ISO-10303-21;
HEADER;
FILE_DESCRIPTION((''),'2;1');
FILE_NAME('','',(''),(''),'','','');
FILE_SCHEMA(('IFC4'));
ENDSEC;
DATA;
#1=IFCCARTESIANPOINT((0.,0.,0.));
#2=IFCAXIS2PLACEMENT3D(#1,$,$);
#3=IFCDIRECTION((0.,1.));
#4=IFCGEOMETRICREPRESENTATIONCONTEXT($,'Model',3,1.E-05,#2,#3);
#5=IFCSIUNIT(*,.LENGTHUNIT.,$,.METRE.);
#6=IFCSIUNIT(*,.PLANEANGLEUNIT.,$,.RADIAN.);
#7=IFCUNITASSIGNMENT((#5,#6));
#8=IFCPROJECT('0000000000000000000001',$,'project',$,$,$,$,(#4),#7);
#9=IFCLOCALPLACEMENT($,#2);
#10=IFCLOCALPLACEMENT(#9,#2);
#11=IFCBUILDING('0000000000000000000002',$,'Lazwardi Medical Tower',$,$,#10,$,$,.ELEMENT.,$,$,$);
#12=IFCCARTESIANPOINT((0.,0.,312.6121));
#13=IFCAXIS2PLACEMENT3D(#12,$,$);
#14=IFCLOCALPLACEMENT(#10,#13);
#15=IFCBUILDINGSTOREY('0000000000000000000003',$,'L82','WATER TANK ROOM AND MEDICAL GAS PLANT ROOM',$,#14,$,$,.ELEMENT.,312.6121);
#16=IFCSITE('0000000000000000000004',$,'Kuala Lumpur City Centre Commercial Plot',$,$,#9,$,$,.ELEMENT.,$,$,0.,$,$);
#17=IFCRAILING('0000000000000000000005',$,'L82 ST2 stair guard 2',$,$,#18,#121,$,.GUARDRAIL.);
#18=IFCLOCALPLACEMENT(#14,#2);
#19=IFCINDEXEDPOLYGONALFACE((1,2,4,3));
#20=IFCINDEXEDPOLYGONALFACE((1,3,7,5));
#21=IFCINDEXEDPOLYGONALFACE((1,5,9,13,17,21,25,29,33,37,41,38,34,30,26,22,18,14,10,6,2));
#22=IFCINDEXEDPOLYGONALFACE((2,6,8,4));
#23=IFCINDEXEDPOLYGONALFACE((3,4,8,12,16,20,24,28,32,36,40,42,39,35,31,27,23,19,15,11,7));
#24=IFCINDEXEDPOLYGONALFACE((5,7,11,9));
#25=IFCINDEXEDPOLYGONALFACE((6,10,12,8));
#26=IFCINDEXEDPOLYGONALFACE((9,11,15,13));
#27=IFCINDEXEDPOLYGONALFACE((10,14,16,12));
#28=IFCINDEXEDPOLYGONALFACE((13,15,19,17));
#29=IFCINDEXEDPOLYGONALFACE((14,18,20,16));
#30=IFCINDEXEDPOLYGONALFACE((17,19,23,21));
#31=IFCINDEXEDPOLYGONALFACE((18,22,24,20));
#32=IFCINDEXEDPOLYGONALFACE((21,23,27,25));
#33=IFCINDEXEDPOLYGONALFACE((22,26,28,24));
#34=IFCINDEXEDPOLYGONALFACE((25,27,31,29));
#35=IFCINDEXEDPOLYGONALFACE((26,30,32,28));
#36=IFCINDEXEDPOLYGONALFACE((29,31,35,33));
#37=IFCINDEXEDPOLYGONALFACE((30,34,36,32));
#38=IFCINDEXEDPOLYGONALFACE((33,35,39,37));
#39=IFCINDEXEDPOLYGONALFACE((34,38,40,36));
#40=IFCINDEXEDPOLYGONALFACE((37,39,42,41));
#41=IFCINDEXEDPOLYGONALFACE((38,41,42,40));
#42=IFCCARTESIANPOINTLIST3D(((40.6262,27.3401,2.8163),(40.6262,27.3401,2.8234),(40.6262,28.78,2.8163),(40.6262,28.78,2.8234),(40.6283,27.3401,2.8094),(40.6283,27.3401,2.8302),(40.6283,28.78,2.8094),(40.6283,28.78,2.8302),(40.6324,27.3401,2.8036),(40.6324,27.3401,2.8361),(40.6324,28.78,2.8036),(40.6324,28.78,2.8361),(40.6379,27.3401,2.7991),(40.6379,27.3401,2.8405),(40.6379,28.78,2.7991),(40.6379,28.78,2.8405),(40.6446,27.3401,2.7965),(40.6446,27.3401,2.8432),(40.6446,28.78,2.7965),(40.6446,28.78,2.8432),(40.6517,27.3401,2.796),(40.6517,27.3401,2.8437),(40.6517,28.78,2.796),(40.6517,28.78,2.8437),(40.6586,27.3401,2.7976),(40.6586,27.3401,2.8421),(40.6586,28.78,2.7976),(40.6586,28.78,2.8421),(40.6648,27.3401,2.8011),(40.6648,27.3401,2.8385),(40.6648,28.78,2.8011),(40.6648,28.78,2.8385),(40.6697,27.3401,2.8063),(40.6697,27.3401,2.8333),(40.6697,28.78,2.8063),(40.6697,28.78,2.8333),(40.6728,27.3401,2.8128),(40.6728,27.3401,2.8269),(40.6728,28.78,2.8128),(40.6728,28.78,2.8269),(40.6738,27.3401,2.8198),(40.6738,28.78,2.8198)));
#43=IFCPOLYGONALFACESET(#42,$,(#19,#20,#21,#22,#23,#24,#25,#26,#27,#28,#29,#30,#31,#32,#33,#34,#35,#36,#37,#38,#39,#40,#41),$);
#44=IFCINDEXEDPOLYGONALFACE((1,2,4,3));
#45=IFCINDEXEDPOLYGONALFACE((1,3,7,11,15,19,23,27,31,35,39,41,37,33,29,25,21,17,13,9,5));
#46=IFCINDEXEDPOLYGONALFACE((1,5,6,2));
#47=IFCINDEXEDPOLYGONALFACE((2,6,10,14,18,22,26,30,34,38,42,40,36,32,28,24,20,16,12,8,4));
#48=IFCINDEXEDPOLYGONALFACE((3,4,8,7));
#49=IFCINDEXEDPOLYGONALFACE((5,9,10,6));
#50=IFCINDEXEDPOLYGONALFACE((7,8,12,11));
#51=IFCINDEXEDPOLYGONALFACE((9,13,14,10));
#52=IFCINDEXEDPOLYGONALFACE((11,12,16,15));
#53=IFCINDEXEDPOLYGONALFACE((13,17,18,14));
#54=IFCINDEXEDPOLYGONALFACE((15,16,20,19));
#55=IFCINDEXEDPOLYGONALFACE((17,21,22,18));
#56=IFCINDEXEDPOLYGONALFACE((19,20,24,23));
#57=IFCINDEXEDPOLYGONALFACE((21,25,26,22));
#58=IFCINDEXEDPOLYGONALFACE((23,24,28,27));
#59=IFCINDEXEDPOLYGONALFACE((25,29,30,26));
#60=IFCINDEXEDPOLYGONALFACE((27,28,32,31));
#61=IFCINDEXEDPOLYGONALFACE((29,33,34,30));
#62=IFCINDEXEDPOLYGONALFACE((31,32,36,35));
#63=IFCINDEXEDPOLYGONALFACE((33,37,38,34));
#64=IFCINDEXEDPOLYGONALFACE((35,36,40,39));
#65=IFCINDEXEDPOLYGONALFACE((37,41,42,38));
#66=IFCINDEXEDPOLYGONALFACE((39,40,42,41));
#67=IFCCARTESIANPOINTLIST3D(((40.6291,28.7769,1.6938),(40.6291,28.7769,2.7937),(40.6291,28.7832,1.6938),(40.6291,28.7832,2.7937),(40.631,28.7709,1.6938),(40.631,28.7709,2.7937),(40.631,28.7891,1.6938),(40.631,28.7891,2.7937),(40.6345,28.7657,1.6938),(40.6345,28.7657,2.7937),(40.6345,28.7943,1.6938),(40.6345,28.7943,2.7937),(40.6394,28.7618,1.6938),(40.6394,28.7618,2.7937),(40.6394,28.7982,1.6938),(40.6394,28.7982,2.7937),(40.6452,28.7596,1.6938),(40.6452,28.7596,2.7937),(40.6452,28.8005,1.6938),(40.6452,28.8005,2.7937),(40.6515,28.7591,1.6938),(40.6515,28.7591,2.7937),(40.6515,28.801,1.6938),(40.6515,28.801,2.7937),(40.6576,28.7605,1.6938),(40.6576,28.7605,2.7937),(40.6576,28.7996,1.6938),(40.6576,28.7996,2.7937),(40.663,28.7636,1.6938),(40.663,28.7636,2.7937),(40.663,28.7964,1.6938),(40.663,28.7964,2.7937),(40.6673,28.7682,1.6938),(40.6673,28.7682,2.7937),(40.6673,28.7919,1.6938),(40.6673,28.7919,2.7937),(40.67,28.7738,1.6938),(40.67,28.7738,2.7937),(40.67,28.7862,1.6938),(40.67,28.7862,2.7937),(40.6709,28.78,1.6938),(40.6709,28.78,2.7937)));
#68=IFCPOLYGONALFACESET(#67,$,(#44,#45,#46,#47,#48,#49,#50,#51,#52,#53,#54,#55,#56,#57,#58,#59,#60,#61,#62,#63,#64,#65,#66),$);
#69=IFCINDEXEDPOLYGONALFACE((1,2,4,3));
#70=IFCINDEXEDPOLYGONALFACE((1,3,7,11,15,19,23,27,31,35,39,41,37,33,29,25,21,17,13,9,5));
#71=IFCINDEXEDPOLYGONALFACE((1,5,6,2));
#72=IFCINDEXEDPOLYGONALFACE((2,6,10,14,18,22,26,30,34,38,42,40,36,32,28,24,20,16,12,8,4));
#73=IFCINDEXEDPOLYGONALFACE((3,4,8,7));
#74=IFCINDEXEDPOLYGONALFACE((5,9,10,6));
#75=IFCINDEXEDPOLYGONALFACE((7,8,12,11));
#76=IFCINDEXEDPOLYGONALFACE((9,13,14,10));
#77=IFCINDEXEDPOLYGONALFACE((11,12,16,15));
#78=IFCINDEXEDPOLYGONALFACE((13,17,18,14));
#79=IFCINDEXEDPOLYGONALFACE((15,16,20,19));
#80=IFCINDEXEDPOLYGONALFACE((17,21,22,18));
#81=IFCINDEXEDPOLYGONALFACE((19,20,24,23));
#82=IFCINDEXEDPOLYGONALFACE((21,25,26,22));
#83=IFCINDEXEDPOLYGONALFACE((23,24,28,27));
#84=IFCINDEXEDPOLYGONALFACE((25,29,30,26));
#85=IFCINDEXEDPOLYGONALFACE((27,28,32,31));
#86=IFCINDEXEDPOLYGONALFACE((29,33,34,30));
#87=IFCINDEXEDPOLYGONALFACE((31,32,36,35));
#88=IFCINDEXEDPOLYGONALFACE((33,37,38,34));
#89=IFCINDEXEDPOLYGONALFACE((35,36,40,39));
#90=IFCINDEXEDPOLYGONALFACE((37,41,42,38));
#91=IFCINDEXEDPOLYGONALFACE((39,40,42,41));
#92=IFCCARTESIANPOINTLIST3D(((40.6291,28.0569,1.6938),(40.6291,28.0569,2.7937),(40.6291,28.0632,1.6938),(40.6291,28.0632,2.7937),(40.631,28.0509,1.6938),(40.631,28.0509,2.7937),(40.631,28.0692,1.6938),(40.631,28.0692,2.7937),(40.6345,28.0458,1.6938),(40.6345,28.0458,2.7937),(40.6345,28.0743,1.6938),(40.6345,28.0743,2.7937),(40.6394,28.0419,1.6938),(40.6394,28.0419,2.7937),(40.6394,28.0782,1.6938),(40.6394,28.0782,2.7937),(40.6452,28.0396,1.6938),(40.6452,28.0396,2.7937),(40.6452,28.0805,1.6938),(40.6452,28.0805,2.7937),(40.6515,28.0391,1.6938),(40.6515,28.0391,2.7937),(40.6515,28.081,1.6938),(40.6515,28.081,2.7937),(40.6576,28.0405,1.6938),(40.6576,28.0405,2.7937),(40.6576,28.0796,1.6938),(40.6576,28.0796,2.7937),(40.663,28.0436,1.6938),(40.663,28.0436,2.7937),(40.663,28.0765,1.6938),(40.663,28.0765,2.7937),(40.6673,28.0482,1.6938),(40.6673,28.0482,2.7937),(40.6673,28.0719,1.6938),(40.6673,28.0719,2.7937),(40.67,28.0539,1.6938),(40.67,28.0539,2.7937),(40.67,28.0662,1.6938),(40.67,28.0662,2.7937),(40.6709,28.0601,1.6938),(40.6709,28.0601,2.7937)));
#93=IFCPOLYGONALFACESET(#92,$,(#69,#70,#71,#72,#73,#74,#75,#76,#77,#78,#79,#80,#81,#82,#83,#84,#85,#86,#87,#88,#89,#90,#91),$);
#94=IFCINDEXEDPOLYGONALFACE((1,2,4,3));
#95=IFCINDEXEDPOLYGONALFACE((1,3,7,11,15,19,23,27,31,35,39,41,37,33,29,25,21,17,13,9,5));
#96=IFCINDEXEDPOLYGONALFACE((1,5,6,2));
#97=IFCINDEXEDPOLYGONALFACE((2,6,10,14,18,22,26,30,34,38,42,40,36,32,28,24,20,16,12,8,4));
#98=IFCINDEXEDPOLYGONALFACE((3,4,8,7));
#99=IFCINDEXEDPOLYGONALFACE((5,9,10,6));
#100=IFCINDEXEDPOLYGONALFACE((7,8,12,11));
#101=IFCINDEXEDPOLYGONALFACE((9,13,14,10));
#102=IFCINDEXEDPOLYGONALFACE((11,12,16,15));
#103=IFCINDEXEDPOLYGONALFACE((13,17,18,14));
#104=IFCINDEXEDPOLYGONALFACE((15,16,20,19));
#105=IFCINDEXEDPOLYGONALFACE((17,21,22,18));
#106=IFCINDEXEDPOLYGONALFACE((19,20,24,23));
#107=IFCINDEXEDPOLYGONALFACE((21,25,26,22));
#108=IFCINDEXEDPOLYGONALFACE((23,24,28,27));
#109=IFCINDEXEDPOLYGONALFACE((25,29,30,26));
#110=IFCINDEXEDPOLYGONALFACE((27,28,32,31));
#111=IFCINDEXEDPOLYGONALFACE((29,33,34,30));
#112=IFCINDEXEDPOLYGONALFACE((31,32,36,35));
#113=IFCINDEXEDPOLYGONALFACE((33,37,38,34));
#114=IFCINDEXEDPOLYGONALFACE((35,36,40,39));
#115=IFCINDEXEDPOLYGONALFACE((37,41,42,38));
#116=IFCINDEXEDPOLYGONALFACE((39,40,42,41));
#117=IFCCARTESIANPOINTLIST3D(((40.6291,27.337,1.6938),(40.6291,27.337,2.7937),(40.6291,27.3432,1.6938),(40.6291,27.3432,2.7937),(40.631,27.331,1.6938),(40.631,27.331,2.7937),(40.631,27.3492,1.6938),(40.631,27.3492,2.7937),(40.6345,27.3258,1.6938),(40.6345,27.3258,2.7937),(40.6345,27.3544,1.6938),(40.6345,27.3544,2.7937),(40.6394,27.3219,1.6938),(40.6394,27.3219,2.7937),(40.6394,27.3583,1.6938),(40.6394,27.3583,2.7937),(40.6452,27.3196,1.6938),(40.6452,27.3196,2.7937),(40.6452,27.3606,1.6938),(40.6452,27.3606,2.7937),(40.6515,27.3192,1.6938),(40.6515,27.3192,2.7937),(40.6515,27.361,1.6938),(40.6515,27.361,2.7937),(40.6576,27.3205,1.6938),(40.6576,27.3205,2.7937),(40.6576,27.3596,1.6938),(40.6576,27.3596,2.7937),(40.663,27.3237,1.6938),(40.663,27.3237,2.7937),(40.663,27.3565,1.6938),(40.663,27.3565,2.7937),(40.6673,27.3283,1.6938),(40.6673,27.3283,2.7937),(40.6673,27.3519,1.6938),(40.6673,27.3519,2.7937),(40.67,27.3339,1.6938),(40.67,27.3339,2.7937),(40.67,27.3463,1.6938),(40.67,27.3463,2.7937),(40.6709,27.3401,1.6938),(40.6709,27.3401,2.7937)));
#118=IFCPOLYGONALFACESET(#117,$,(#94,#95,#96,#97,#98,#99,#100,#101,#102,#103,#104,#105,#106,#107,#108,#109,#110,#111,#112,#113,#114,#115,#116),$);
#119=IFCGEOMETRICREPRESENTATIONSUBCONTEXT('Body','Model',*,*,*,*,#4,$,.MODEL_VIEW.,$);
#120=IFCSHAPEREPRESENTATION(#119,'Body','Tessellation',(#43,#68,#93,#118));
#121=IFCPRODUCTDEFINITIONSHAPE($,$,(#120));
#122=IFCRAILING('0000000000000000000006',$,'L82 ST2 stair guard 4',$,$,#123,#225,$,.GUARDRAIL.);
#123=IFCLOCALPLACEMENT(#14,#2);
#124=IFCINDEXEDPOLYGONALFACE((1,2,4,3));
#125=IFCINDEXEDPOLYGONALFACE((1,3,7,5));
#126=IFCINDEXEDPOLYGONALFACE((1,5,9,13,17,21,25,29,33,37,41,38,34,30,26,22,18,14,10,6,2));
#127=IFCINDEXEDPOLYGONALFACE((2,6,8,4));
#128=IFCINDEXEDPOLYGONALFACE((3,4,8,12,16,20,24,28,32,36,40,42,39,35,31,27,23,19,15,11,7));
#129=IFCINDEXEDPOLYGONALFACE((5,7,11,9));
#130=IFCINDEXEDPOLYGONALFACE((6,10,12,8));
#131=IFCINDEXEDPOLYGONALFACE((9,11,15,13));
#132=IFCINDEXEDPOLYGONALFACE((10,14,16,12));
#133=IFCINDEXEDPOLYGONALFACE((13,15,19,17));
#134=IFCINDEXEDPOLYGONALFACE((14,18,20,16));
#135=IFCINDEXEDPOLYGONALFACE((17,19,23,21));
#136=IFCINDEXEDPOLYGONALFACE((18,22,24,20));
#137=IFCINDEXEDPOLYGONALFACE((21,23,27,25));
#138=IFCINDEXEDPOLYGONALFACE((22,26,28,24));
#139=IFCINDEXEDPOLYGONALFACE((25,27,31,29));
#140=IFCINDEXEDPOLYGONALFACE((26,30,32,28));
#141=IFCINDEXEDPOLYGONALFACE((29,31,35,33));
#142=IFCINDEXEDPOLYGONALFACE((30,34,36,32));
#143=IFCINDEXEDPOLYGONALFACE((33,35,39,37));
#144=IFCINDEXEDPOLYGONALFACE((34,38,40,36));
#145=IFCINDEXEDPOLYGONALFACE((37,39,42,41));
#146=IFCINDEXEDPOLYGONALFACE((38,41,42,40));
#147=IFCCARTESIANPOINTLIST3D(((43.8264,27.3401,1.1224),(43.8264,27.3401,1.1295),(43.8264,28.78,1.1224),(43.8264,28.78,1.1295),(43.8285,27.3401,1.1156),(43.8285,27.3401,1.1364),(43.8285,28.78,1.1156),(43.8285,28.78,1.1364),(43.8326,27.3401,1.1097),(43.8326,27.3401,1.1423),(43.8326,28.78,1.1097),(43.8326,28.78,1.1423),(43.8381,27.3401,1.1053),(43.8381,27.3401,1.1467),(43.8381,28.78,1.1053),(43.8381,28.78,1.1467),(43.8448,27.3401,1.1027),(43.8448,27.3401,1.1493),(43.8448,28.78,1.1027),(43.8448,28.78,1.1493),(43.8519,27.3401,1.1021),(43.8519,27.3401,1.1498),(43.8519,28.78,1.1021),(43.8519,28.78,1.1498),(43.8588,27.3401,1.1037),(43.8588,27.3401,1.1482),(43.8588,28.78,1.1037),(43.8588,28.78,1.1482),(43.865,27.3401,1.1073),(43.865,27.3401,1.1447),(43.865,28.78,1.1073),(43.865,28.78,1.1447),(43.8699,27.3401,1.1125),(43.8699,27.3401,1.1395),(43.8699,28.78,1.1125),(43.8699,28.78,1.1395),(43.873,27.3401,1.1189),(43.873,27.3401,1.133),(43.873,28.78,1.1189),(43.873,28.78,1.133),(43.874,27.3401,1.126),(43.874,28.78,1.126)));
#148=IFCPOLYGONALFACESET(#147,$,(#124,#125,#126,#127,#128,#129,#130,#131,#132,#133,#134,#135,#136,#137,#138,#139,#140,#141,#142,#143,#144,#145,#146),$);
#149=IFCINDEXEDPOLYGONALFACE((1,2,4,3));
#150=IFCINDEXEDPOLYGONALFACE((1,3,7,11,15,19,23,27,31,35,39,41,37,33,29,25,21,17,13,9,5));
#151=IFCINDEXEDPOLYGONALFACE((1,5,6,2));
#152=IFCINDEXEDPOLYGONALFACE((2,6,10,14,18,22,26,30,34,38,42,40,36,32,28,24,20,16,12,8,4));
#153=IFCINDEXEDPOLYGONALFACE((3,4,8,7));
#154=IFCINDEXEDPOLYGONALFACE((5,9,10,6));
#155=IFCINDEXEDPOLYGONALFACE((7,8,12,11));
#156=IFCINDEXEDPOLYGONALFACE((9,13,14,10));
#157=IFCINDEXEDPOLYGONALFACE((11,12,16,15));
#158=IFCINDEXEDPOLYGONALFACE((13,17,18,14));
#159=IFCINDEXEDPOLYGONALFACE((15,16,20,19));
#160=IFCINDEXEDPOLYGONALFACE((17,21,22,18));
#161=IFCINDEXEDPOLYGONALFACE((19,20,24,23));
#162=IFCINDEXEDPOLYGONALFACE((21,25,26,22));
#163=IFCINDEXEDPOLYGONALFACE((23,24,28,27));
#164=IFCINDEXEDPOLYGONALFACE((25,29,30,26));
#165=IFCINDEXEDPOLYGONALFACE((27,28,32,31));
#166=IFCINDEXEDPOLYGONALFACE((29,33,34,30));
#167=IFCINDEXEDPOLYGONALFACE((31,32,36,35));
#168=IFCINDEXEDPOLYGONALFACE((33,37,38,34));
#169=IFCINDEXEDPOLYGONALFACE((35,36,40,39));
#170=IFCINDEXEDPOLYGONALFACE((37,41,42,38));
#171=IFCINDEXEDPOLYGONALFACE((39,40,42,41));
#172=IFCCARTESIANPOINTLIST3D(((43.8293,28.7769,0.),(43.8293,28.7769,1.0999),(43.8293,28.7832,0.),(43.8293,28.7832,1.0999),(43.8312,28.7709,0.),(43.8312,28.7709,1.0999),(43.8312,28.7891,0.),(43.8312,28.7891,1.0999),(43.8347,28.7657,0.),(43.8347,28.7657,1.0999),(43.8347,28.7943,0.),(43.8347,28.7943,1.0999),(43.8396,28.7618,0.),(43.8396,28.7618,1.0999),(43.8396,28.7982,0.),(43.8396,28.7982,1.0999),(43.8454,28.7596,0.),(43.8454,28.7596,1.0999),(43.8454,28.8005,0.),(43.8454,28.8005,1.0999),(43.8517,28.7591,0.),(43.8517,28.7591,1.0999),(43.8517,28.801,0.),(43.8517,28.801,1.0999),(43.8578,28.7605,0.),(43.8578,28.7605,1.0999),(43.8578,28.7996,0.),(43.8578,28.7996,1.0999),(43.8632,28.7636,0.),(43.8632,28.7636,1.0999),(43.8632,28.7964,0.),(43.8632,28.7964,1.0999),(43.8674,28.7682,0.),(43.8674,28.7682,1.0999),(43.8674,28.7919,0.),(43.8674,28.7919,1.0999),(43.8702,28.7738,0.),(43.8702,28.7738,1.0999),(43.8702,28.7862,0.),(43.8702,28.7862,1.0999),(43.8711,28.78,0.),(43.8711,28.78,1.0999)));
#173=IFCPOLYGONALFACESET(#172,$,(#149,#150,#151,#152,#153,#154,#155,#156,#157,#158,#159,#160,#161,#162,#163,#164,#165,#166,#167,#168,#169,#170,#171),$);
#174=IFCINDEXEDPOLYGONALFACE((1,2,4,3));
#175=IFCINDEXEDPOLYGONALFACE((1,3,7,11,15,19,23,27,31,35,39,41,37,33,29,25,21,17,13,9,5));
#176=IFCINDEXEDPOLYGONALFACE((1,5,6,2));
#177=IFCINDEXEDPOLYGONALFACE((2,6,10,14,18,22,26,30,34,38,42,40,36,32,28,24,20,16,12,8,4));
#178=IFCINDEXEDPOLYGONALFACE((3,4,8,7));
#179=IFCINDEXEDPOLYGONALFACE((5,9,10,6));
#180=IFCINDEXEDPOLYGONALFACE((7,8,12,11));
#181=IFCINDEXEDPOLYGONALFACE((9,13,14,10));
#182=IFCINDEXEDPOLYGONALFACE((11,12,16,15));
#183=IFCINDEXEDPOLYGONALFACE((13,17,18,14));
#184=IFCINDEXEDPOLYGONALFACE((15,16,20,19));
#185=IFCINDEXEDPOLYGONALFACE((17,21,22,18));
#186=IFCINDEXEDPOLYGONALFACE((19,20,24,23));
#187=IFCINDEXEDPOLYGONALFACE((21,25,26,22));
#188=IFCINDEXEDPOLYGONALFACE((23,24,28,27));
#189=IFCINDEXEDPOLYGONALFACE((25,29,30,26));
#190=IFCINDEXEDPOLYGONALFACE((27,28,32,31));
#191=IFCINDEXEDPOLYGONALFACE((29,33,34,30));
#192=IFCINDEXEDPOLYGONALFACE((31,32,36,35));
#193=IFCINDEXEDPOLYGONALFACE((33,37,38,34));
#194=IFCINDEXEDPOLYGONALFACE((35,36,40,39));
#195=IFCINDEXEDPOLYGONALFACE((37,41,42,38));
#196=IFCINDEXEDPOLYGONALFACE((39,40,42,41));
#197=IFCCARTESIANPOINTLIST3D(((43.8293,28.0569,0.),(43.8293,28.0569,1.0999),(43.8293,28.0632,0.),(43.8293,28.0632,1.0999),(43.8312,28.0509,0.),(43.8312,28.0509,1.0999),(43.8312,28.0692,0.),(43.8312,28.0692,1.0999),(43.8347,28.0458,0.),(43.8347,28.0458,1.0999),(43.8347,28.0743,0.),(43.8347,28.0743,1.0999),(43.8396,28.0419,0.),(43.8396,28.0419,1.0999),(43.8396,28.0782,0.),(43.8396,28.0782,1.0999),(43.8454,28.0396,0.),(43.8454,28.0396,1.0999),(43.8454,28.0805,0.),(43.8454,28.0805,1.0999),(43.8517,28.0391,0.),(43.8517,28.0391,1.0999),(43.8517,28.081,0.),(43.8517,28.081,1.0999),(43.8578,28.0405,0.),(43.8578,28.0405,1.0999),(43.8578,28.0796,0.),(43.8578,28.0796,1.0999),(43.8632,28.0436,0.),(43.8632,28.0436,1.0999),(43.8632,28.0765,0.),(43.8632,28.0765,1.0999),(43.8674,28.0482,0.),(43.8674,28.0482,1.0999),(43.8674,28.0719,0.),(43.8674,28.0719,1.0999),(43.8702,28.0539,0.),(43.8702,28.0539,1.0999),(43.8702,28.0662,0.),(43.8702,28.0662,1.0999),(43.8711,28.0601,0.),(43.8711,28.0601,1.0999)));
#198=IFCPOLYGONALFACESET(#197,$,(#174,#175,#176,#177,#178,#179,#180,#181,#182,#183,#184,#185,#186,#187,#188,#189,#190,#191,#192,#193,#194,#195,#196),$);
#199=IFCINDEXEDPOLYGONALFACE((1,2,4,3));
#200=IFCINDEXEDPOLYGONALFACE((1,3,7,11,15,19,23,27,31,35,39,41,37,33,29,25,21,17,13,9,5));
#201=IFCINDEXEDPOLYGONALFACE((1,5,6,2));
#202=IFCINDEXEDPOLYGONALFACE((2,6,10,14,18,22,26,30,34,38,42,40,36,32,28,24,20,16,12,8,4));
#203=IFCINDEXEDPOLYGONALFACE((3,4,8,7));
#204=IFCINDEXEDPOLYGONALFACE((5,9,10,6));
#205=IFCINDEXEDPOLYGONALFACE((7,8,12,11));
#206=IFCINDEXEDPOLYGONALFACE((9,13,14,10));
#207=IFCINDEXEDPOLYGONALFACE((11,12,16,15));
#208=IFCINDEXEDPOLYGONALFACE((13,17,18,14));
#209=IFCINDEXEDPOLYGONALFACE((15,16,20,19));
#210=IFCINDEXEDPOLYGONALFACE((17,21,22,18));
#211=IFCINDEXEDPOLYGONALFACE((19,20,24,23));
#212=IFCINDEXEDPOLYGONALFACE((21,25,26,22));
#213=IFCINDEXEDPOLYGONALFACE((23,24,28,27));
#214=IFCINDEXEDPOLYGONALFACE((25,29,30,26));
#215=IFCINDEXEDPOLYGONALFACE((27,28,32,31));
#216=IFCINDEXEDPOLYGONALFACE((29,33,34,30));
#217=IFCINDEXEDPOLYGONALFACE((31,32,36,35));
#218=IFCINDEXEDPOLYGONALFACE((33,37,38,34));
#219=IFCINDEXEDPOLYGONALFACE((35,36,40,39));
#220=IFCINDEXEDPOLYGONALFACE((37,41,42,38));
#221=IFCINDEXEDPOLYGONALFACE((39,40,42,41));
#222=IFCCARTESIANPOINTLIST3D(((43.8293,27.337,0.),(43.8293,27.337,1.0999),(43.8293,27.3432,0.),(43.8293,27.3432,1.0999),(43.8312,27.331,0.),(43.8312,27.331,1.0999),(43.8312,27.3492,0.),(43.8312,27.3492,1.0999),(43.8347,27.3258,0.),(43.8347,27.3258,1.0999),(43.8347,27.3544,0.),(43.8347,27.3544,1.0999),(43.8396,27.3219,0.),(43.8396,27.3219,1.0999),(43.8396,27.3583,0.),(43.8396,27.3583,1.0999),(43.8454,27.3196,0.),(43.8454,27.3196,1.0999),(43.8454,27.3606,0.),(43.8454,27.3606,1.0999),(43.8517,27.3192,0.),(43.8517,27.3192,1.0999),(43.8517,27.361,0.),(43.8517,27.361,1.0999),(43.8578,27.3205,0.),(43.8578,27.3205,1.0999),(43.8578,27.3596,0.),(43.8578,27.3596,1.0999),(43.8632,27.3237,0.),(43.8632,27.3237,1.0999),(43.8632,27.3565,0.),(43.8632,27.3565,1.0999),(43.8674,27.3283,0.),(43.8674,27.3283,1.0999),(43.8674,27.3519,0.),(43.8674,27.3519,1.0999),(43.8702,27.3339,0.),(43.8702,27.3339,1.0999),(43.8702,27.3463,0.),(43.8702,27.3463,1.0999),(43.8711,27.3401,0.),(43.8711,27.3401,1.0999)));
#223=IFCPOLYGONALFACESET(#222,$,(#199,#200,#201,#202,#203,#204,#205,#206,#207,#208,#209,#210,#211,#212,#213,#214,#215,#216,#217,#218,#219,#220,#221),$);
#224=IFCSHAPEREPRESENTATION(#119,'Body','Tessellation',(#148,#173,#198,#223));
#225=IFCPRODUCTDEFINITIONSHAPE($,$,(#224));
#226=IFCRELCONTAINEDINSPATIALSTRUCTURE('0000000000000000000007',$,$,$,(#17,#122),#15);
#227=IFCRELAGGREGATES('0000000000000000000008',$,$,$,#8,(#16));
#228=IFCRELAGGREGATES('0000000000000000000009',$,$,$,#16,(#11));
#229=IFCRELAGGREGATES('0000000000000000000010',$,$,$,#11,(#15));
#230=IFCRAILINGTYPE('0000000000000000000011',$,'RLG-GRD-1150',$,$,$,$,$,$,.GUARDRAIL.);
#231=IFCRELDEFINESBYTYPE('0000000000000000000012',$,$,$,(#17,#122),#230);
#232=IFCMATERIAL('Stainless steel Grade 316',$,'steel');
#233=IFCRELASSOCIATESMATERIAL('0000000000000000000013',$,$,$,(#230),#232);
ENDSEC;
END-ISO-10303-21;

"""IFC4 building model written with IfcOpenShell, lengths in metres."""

from ifc_helpers import new_model, si_unit, direction, frame, origin, origin_2d, place, context, subcontext, project, spatial, circle, extrude, material, type_object, element, save


model = new_model("IFC4")

# Units and contexts
model_context = context("Model", 3, precision=1e-05, world=origin(), true_north=direction((0.0, 1.0)))
body_context = subcontext(model_context, "Body", "Model", "MODEL_VIEW")
ifc_project = project(units=[si_unit("LENGTHUNIT", "METRE"), si_unit("PLANEANGLEUNIT", "RADIAN")], contexts=[model_context])

# Site, building, storey
site_placement = place(None, origin())
site = spatial("IfcSite", under=ifc_project, at=site_placement, Name="Kuala Lumpur City Centre Commercial Plot", CompositionType="ELEMENT", RefElevation=0.0)
building_placement = place(site_placement, origin())
building = spatial("IfcBuilding", under=site, at=building_placement, Name="Lazwardi Medical Tower", CompositionType="ELEMENT")
storey_placement = place(building_placement, frame((0.0, 0.0, 312.6121)))
storey = spatial("IfcBuildingStorey", under=building, at=storey_placement, Name="L82", Description="WATER TANK ROOM AND MEDICAL GAS PLANT ROOM", CompositionType="ELEMENT", Elevation=312.6121)

# Railings
ifc_material_1 = material(Name="Stainless steel Grade 316", Category="steel")
railing_type_1 = type_object("IfcRailingType", Name="RLG-GRD-1150", PredefinedType="GUARDRAIL", material=ifc_material_1)
for number, where, name in (
    (1, (40.6499, 28.78, 1.6938), "L82 ST2 stair guard 2"),
    (2, (43.8501, 28.78, 0.0), "L82 ST2 stair guard 4"),
):
    element("IfcRailing", number, at=place(storey_placement, frame(where)), inside=storey, type_object=railing_type_1, Name=name, PredefinedType="GUARDRAIL", context=body_context, shape_type="SweptSolid", body=[
        extrude(circle(Radius=0.0239, at=origin_2d()), frame((0.0, 0.0, 1.126), z_axis=(0.0, -1.0, 0.0), x_axis=(1.0, 0.0, 0.0)), (0.0, 0.0, 1.0), 1.4399),
        extrude(circle(Radius=0.021, at=origin_2d()), origin(), (0.0, 0.0, 1.0), 1.0999),
        extrude(circle(Radius=0.021, at=origin_2d()), frame((0.0, -0.72, 0.0)), (0.0, 0.0, 1.0), 1.0999),
        extrude(circle(Radius=0.021, at=origin_2d()), frame((0.0, -1.4399, 0.0)), (0.0, 0.0, 1.0), 1.0999),
    ])

save(model, "model.ifc")
